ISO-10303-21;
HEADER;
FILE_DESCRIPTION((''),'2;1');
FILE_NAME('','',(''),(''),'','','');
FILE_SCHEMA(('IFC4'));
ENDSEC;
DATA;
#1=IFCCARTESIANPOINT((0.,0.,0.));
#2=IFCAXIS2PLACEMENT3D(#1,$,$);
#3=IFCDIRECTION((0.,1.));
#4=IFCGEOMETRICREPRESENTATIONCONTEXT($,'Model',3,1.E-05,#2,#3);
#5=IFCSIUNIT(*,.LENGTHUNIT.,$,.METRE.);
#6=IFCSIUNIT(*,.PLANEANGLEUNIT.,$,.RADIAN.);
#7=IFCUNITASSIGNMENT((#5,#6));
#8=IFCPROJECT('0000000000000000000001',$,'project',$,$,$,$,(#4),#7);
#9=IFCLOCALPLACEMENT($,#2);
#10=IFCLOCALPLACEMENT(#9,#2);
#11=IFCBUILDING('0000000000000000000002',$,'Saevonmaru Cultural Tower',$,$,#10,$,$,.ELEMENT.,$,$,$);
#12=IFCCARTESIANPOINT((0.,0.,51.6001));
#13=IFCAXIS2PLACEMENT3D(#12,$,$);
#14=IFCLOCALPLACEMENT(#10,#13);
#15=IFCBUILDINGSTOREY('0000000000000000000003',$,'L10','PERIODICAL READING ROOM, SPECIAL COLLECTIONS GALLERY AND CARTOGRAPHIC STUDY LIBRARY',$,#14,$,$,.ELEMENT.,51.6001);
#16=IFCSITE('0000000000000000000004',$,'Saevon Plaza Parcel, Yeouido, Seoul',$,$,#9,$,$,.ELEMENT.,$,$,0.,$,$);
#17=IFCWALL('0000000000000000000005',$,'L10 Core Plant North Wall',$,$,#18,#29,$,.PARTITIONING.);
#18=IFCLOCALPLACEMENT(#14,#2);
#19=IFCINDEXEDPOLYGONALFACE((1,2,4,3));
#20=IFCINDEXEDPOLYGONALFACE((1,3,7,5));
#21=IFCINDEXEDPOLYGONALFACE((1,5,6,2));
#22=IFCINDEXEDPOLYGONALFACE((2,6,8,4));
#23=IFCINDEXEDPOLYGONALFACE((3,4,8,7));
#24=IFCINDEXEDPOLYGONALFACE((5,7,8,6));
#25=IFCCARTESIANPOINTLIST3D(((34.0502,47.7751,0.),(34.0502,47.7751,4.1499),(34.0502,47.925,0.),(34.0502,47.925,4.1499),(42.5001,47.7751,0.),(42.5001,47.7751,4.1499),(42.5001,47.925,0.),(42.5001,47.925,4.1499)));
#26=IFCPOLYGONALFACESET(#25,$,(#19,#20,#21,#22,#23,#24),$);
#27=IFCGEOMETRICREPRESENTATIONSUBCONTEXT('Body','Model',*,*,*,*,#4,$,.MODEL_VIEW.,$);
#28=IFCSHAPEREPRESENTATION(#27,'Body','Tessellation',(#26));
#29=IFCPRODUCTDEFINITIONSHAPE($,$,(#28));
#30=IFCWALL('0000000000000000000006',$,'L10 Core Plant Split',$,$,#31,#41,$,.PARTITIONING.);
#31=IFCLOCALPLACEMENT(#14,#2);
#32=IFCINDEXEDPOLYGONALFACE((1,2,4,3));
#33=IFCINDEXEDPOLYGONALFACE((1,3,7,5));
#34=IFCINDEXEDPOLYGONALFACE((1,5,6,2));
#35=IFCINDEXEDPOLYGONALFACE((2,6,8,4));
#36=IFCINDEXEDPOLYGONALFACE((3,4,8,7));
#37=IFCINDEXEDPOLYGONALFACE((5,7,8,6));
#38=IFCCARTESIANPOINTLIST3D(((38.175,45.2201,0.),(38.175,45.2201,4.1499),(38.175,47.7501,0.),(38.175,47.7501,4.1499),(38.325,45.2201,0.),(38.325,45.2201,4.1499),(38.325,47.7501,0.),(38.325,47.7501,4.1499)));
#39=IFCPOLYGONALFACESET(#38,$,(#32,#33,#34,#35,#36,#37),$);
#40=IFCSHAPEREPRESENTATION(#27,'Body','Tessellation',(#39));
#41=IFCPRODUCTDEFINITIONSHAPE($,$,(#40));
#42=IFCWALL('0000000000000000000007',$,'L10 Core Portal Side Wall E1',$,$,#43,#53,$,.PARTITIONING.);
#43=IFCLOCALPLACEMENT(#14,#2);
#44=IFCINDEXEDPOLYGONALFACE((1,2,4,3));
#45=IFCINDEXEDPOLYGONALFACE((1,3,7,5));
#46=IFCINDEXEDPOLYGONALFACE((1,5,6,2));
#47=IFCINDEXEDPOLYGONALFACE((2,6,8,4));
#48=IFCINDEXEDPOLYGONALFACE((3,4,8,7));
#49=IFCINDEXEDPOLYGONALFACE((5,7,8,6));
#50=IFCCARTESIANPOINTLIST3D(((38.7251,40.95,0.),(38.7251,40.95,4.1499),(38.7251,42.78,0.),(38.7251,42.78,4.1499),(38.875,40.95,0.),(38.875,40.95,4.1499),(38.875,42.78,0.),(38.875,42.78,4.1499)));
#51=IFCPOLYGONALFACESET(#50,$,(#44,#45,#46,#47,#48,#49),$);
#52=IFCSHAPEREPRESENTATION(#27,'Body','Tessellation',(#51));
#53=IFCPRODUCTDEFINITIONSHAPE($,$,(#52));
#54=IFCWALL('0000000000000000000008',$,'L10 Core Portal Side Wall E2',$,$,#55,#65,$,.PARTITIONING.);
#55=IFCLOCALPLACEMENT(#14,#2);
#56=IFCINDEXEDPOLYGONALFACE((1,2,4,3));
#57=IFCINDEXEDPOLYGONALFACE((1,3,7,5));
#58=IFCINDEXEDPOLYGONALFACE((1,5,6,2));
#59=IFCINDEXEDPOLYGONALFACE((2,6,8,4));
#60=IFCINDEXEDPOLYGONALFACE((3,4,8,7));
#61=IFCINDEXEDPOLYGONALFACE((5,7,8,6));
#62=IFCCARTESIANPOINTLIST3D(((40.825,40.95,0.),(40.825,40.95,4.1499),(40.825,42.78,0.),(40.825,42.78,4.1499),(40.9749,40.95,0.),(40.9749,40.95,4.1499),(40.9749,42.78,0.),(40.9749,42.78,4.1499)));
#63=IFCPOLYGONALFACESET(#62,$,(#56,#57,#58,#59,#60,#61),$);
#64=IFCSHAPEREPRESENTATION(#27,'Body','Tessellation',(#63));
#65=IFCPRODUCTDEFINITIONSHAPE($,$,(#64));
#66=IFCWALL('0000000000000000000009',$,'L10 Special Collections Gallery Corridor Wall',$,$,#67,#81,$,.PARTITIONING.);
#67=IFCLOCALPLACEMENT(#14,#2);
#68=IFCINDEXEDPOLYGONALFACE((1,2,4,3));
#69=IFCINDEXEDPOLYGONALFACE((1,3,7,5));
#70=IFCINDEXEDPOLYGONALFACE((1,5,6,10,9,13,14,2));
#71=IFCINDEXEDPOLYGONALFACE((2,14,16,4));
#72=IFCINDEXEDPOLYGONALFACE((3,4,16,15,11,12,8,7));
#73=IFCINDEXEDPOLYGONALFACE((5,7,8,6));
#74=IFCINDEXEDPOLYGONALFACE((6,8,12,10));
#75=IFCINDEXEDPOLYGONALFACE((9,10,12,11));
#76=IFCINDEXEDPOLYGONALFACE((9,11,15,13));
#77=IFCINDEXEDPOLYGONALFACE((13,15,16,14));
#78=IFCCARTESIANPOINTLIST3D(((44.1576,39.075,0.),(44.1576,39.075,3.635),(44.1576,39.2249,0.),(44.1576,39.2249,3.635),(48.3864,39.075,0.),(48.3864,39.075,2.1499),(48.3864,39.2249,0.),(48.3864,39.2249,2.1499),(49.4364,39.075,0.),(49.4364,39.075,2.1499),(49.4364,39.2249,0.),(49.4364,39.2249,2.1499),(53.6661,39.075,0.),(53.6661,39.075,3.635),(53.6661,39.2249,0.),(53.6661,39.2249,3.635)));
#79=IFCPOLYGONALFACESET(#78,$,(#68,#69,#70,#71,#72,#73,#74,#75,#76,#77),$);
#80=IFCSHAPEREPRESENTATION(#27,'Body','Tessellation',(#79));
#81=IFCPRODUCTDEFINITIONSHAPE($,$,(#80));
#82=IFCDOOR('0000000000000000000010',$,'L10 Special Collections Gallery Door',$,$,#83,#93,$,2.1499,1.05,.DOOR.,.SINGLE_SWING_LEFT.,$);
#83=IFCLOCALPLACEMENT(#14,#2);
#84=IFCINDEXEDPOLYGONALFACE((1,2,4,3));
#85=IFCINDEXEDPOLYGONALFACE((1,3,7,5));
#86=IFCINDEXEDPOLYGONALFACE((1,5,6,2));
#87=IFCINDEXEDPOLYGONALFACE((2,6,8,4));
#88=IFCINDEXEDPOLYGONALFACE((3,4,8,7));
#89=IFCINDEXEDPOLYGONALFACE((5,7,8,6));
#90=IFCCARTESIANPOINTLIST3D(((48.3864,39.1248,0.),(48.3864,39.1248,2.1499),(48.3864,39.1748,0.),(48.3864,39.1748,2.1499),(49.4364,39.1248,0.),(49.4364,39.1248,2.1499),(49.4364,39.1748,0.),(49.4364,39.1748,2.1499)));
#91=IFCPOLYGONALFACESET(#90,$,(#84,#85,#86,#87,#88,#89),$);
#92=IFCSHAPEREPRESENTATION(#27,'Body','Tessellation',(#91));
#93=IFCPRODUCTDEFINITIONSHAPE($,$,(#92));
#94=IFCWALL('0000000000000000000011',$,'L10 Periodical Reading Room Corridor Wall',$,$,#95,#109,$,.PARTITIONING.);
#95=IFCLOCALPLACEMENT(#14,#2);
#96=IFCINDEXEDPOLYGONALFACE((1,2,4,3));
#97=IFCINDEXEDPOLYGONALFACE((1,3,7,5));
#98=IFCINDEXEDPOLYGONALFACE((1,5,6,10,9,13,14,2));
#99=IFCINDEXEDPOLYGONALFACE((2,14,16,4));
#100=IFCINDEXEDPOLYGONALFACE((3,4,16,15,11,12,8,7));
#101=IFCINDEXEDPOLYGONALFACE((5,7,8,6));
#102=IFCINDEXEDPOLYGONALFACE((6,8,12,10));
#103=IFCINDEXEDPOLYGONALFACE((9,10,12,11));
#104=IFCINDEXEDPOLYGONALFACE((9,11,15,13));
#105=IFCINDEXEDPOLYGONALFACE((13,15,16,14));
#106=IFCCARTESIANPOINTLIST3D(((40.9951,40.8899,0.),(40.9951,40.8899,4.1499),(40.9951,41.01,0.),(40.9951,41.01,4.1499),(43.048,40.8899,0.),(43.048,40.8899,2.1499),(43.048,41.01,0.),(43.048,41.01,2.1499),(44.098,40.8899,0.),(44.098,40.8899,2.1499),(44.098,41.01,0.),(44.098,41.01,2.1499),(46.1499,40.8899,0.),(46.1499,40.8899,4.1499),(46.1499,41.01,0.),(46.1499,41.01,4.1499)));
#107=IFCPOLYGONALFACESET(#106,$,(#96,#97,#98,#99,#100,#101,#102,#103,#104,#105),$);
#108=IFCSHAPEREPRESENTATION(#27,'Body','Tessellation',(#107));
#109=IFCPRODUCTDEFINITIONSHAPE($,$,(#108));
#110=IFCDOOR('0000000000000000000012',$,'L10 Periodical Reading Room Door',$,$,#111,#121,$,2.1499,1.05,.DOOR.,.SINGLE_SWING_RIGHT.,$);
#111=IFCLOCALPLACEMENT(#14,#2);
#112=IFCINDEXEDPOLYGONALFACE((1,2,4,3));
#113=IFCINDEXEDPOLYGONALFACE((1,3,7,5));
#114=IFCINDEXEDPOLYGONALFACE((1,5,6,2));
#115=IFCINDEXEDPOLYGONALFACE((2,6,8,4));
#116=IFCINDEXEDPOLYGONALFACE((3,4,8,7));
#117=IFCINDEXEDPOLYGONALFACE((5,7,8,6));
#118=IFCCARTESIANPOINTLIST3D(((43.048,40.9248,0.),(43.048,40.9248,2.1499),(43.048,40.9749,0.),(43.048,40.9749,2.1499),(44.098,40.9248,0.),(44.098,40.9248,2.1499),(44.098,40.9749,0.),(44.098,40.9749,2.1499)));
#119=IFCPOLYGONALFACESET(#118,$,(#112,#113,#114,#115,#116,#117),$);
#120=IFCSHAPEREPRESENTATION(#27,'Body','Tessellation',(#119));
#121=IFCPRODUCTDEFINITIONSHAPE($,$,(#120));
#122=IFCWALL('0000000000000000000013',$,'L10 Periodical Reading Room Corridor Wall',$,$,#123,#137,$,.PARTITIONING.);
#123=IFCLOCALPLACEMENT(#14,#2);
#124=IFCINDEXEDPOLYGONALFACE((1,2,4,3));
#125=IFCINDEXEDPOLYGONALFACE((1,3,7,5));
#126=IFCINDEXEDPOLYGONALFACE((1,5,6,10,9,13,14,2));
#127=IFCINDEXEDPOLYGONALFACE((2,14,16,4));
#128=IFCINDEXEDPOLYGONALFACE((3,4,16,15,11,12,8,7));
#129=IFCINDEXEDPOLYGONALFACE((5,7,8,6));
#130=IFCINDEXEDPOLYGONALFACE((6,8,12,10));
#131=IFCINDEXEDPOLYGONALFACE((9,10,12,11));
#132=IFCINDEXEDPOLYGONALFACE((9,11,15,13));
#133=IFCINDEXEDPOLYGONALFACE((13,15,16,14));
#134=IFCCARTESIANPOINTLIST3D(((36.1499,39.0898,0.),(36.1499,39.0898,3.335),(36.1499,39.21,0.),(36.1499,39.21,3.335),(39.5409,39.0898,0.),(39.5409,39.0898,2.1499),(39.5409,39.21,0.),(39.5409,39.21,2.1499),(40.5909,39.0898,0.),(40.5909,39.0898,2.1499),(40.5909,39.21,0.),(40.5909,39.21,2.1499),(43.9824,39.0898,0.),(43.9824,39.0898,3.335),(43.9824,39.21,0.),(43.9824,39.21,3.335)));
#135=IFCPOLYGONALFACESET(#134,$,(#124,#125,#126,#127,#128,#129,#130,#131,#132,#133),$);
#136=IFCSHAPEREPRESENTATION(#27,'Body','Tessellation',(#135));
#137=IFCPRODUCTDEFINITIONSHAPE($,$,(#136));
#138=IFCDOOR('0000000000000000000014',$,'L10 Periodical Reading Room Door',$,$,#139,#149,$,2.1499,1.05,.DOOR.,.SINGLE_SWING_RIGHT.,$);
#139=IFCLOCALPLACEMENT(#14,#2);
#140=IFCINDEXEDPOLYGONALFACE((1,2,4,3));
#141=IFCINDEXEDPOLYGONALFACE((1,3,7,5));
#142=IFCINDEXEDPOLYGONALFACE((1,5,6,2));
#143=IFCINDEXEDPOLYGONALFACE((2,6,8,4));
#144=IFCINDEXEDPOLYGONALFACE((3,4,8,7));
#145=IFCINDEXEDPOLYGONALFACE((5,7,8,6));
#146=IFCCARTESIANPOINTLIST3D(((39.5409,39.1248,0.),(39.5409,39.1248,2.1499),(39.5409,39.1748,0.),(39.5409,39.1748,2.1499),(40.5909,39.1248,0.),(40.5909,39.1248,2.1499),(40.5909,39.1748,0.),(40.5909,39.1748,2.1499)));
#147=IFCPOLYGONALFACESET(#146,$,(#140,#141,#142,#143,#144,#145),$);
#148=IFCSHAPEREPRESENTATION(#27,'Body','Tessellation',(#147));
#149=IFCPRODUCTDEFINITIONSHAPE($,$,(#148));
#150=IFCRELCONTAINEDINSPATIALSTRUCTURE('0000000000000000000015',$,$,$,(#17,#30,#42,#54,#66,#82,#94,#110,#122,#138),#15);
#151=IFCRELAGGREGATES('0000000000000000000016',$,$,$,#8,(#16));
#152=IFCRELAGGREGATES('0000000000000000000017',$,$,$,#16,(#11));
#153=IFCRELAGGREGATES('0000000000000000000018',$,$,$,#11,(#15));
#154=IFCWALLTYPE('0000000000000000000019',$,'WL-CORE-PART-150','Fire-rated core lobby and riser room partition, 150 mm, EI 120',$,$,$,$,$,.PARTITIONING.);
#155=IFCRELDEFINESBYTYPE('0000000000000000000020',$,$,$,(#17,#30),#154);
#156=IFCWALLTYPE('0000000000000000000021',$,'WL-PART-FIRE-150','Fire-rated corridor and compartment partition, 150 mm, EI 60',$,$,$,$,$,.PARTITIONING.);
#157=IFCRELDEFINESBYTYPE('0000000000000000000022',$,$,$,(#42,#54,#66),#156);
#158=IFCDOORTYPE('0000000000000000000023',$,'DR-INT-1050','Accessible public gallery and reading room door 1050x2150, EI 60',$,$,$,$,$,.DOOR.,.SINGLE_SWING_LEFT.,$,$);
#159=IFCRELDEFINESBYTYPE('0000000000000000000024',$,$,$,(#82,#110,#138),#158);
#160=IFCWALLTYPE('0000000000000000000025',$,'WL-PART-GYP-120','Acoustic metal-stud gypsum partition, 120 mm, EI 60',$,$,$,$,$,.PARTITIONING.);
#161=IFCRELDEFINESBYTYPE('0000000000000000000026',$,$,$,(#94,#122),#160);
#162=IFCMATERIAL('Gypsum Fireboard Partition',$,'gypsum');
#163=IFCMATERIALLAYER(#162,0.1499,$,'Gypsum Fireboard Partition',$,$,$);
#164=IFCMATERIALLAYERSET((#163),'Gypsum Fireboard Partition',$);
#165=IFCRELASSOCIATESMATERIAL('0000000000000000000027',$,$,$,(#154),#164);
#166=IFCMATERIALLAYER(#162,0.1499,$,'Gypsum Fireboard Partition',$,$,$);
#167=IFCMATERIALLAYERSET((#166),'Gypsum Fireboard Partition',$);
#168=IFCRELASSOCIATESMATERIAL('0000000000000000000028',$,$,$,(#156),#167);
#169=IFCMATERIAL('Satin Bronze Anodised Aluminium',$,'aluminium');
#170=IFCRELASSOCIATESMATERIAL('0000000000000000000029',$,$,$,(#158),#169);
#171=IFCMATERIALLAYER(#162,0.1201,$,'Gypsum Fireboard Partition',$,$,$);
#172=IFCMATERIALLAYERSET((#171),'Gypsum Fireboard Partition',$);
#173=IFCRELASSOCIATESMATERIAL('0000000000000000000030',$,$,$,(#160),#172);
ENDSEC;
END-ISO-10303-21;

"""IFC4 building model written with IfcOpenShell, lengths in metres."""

from ifc_helpers import new_model, si_unit, direction, frame, frame_2d, origin, place, context, subcontext, project, spatial, rectangle, extrude, material, layer, layer_set, type_object, element, fill, save


model = new_model("IFC4")

# Units and contexts
model_context = context("Model", 3, precision=1e-05, world=origin(), true_north=direction((0.0, 1.0)))
body_context = subcontext(model_context, "Body", "Model", "MODEL_VIEW")
ifc_project = project(units=[si_unit("LENGTHUNIT", "METRE"), si_unit("PLANEANGLEUNIT", "RADIAN")], contexts=[model_context])

# Site, building, storey
site_placement = place(None, origin())
site = spatial("IfcSite", under=ifc_project, at=site_placement, Name="Saevon Plaza Parcel, Yeouido, Seoul", CompositionType="ELEMENT", RefElevation=0.0)
building_placement = place(site_placement, origin())
building = spatial("IfcBuilding", under=site, at=building_placement, Name="Saevonmaru Cultural Tower", CompositionType="ELEMENT")
storey_placement = place(building_placement, frame((0.0, 0.0, 51.6001)))
storey = spatial("IfcBuildingStorey", under=building, at=storey_placement, Name="L10", Description="PERIODICAL READING ROOM, SPECIAL COLLECTIONS GALLERY AND CARTOGRAPHIC STUDY LIBRARY", CompositionType="ELEMENT", Elevation=51.6001)

# Shared definitions
ifc_material_1 = material(Name="Satin Bronze Anodised Aluminium", Category="aluminium")

# Walls
ifc_material_2 = material(Name="Gypsum Fireboard Partition", Category="gypsum")
ifc_layer_1 = layer(ifc_material_2, 0.1499, Name="Gypsum Fireboard Partition")
ifc_layer_set_1 = layer_set([ifc_layer_1], Name="Gypsum Fireboard Partition")
wall_type_1 = type_object("IfcWallType", Name="WL-CORE-PART-150", Description="Fire-rated core lobby and riser room partition, 150 mm, EI 120", PredefinedType="PARTITIONING", material=ifc_layer_set_1)
wall_1_placement = place(storey_placement, frame((34.05, 47.8501, 0.0), z_axis=(0.0, 0.0, 1.0), x_axis=(1.0, 0.0, 0.0)))
element("IfcWall", 1, at=wall_1_placement, inside=storey, type_object=wall_type_1, Name="L10 Core Plant North Wall", PredefinedType="PARTITIONING", context=body_context, shape_type="SweptSolid", body=[
    extrude(rectangle(XDim=8.45, YDim=0.1499, at=frame_2d((4.2251, 0.0))), origin(), (0.0, 0.0, 1.0), 4.1499),
])
wall_2_placement = place(storey_placement, frame((38.25, 45.22, 0.0), z_axis=(0.0, 0.0, 1.0), x_axis=(0.0, 1.0, 0.0)))
element("IfcWall", 2, at=wall_2_placement, inside=storey, type_object=wall_type_1, Name="L10 Core Plant Split", PredefinedType="PARTITIONING", context=body_context, shape_type="SweptSolid", body=[
    extrude(rectangle(XDim=2.53, YDim=0.1499, at=frame_2d((1.2651, 0.0))), origin(), (0.0, 0.0, 1.0), 4.1499),
])
ifc_layer_2 = layer(ifc_material_2, 0.1499, Name="Gypsum Fireboard Partition")
ifc_layer_set_2 = layer_set([ifc_layer_2], Name="Gypsum Fireboard Partition")
wall_type_2 = type_object("IfcWallType", Name="WL-PART-FIRE-150", Description="Fire-rated corridor and compartment partition, 150 mm, EI 60", PredefinedType="PARTITIONING", material=ifc_layer_set_2)
for number, where, z_axis, x_axis, name in (
    (3, (38.8, 40.95, 0.0), (0.0, 0.0, 1.0), (0.0, 1.0, 0.0), "L10 Core Portal Side Wall E1"),
    (4, (40.8999, 40.95, 0.0), (0.0, 0.0, 1.0), (0.0, 1.0, 0.0), "L10 Core Portal Side Wall E2"),
):
    element("IfcWall", number, at=place(storey_placement, frame(where, z_axis=z_axis, x_axis=x_axis)), inside=storey, type_object=wall_type_2, Name=name, PredefinedType="PARTITIONING", context=body_context, shape_type="SweptSolid", body=[
        extrude(rectangle(XDim=1.8301, YDim=0.1499, at=frame_2d((0.915, 0.0))), origin(), (0.0, 0.0, 1.0), 4.1499),
    ])

# Walls, openings, doors
wall_3_placement = place(storey_placement, frame((44.1575, 39.1499, 0.0), z_axis=(0.0, 0.0, 1.0), x_axis=(1.0, 0.0, 0.0)))
wall_3 = element("IfcWall", 5, at=wall_3_placement, inside=storey, type_object=wall_type_2, Name="L10 Special Collections Gallery Corridor Wall", PredefinedType="PARTITIONING", context=body_context, shape_type="SweptSolid", body=[
    extrude(rectangle(XDim=9.5085, YDim=0.1499, at=frame_2d((4.7544, 0.0))), origin(), (0.0, 0.0, 1.0), 3.635),
])
opening_1_placement = place(wall_3_placement, frame((4.229, 0.0, 0.0)))
opening_1 = element("IfcOpeningElement", 6, at=opening_1_placement, cuts=wall_3, PredefinedType="OPENING", context=body_context, shape_type="SweptSolid", body=[
    extrude(rectangle(XDim=1.05, YDim=2.1499, at=frame_2d((0.5249, 1.075))), frame((0.0, 0.085, 0.0), z_axis=(0.0, -1.0, 0.0), x_axis=(1.0, 0.0, 0.0)), (0.0, 0.0, 1.0), 0.1699),
])
door_type = type_object("IfcDoorType", Name="DR-INT-1050", Description="Accessible public gallery and reading room door 1050x2150, EI 60", OperationType="SINGLE_SWING_LEFT", PredefinedType="DOOR", material=ifc_material_1)
door_1_placement = place(opening_1_placement, origin())
door_1 = element("IfcDoor", 7, at=door_1_placement, inside=storey, type_object=door_type, Name="L10 Special Collections Gallery Door", OperationType="SINGLE_SWING_LEFT", OverallHeight=2.1499, OverallWidth=1.05, PredefinedType="DOOR", context=body_context, shape_type="SweptSolid", body=[
    extrude(rectangle(XDim=1.05, YDim=2.1499, at=frame_2d((0.5249, 1.075))), frame((0.0, 0.0249, 0.0), z_axis=(0.0, -1.0, 0.0), x_axis=(1.0, 0.0, 0.0)), (0.0, 0.0, 1.0), 0.05),
])
fill(opening_1, door_1)
ifc_layer_3 = layer(ifc_material_2, 0.1201, Name="Gypsum Fireboard Partition")
ifc_layer_set_3 = layer_set([ifc_layer_3], Name="Gypsum Fireboard Partition")
wall_type_3 = type_object("IfcWallType", Name="WL-PART-GYP-120", Description="Acoustic metal-stud gypsum partition, 120 mm, EI 60", PredefinedType="PARTITIONING", material=ifc_layer_set_3)
wall_4_placement = place(storey_placement, frame((40.9951, 40.95, 0.0), z_axis=(0.0, 0.0, 1.0), x_axis=(1.0, 0.0, 0.0)))
wall_4 = element("IfcWall", 8, at=wall_4_placement, inside=storey, type_object=wall_type_3, Name="L10 Periodical Reading Room Corridor Wall", PredefinedType="PARTITIONING", context=body_context, shape_type="SweptSolid", body=[
    extrude(rectangle(XDim=5.1548, YDim=0.1201, at=frame_2d((2.5774, 0.0))), origin(), (0.0, 0.0, 1.0), 4.1499),
])
opening_2_placement = place(wall_4_placement, frame((2.053, 0.0, 0.0)))
opening_2 = element("IfcOpeningElement", 9, at=opening_2_placement, cuts=wall_4, PredefinedType="OPENING", context=body_context, shape_type="SweptSolid", body=[
    extrude(rectangle(XDim=1.05, YDim=2.1499, at=frame_2d((0.5249, 1.075))), frame((0.0, 0.0701, 0.0), z_axis=(0.0, -1.0, 0.0), x_axis=(1.0, 0.0, 0.0)), (0.0, 0.0, 1.0), 0.1401),
])
door_2_placement = place(opening_2_placement, origin())
door_2 = element("IfcDoor", 10, at=door_2_placement, inside=storey, type_object=door_type, Name="L10 Periodical Reading Room Door", OperationType="SINGLE_SWING_RIGHT", OverallHeight=2.1499, OverallWidth=1.05, PredefinedType="DOOR", context=body_context, shape_type="SweptSolid", body=[
    extrude(rectangle(XDim=1.05, YDim=2.1499, at=frame_2d((0.5249, 1.075))), frame((0.0, 0.0249, 0.0), z_axis=(0.0, -1.0, 0.0), x_axis=(1.0, 0.0, 0.0)), (0.0, 0.0, 1.0), 0.05),
])
fill(opening_2, door_2)
wall_5_placement = place(storey_placement, frame((36.1499, 39.1499, 0.0), z_axis=(0.0, 0.0, 1.0), x_axis=(1.0, 0.0, 0.0)))
wall_5 = element("IfcWall", 11, at=wall_5_placement, inside=storey, type_object=wall_type_3, Name="L10 Periodical Reading Room Corridor Wall", PredefinedType="PARTITIONING", context=body_context, shape_type="SweptSolid", body=[
    extrude(rectangle(XDim=7.8325, YDim=0.1201, at=frame_2d((3.9163, 0.0))), origin(), (0.0, 0.0, 1.0), 3.335),
])
opening_3_placement = place(wall_5_placement, frame((3.3911, 0.0, 0.0)))
opening_3 = element("IfcOpeningElement", 12, at=opening_3_placement, cuts=wall_5, PredefinedType="OPENING", context=body_context, shape_type="SweptSolid", body=[
    extrude(rectangle(XDim=1.05, YDim=2.1499, at=frame_2d((0.5249, 1.075))), frame((0.0, 0.0701, 0.0), z_axis=(0.0, -1.0, 0.0), x_axis=(1.0, 0.0, 0.0)), (0.0, 0.0, 1.0), 0.1401),
])
door_3_placement = place(opening_3_placement, origin())
door_3 = element("IfcDoor", 13, at=door_3_placement, inside=storey, type_object=door_type, Name="L10 Periodical Reading Room Door", OperationType="SINGLE_SWING_RIGHT", OverallHeight=2.1499, OverallWidth=1.05, PredefinedType="DOOR", context=body_context, shape_type="SweptSolid", body=[
    extrude(rectangle(XDim=1.05, YDim=2.1499, at=frame_2d((0.5249, 1.075))), frame((0.0, 0.0249, 0.0), z_axis=(0.0, -1.0, 0.0), x_axis=(1.0, 0.0, 0.0)), (0.0, 0.0, 1.0), 0.05),
])
fill(opening_3, door_3)

save(model, "model.ifc")
